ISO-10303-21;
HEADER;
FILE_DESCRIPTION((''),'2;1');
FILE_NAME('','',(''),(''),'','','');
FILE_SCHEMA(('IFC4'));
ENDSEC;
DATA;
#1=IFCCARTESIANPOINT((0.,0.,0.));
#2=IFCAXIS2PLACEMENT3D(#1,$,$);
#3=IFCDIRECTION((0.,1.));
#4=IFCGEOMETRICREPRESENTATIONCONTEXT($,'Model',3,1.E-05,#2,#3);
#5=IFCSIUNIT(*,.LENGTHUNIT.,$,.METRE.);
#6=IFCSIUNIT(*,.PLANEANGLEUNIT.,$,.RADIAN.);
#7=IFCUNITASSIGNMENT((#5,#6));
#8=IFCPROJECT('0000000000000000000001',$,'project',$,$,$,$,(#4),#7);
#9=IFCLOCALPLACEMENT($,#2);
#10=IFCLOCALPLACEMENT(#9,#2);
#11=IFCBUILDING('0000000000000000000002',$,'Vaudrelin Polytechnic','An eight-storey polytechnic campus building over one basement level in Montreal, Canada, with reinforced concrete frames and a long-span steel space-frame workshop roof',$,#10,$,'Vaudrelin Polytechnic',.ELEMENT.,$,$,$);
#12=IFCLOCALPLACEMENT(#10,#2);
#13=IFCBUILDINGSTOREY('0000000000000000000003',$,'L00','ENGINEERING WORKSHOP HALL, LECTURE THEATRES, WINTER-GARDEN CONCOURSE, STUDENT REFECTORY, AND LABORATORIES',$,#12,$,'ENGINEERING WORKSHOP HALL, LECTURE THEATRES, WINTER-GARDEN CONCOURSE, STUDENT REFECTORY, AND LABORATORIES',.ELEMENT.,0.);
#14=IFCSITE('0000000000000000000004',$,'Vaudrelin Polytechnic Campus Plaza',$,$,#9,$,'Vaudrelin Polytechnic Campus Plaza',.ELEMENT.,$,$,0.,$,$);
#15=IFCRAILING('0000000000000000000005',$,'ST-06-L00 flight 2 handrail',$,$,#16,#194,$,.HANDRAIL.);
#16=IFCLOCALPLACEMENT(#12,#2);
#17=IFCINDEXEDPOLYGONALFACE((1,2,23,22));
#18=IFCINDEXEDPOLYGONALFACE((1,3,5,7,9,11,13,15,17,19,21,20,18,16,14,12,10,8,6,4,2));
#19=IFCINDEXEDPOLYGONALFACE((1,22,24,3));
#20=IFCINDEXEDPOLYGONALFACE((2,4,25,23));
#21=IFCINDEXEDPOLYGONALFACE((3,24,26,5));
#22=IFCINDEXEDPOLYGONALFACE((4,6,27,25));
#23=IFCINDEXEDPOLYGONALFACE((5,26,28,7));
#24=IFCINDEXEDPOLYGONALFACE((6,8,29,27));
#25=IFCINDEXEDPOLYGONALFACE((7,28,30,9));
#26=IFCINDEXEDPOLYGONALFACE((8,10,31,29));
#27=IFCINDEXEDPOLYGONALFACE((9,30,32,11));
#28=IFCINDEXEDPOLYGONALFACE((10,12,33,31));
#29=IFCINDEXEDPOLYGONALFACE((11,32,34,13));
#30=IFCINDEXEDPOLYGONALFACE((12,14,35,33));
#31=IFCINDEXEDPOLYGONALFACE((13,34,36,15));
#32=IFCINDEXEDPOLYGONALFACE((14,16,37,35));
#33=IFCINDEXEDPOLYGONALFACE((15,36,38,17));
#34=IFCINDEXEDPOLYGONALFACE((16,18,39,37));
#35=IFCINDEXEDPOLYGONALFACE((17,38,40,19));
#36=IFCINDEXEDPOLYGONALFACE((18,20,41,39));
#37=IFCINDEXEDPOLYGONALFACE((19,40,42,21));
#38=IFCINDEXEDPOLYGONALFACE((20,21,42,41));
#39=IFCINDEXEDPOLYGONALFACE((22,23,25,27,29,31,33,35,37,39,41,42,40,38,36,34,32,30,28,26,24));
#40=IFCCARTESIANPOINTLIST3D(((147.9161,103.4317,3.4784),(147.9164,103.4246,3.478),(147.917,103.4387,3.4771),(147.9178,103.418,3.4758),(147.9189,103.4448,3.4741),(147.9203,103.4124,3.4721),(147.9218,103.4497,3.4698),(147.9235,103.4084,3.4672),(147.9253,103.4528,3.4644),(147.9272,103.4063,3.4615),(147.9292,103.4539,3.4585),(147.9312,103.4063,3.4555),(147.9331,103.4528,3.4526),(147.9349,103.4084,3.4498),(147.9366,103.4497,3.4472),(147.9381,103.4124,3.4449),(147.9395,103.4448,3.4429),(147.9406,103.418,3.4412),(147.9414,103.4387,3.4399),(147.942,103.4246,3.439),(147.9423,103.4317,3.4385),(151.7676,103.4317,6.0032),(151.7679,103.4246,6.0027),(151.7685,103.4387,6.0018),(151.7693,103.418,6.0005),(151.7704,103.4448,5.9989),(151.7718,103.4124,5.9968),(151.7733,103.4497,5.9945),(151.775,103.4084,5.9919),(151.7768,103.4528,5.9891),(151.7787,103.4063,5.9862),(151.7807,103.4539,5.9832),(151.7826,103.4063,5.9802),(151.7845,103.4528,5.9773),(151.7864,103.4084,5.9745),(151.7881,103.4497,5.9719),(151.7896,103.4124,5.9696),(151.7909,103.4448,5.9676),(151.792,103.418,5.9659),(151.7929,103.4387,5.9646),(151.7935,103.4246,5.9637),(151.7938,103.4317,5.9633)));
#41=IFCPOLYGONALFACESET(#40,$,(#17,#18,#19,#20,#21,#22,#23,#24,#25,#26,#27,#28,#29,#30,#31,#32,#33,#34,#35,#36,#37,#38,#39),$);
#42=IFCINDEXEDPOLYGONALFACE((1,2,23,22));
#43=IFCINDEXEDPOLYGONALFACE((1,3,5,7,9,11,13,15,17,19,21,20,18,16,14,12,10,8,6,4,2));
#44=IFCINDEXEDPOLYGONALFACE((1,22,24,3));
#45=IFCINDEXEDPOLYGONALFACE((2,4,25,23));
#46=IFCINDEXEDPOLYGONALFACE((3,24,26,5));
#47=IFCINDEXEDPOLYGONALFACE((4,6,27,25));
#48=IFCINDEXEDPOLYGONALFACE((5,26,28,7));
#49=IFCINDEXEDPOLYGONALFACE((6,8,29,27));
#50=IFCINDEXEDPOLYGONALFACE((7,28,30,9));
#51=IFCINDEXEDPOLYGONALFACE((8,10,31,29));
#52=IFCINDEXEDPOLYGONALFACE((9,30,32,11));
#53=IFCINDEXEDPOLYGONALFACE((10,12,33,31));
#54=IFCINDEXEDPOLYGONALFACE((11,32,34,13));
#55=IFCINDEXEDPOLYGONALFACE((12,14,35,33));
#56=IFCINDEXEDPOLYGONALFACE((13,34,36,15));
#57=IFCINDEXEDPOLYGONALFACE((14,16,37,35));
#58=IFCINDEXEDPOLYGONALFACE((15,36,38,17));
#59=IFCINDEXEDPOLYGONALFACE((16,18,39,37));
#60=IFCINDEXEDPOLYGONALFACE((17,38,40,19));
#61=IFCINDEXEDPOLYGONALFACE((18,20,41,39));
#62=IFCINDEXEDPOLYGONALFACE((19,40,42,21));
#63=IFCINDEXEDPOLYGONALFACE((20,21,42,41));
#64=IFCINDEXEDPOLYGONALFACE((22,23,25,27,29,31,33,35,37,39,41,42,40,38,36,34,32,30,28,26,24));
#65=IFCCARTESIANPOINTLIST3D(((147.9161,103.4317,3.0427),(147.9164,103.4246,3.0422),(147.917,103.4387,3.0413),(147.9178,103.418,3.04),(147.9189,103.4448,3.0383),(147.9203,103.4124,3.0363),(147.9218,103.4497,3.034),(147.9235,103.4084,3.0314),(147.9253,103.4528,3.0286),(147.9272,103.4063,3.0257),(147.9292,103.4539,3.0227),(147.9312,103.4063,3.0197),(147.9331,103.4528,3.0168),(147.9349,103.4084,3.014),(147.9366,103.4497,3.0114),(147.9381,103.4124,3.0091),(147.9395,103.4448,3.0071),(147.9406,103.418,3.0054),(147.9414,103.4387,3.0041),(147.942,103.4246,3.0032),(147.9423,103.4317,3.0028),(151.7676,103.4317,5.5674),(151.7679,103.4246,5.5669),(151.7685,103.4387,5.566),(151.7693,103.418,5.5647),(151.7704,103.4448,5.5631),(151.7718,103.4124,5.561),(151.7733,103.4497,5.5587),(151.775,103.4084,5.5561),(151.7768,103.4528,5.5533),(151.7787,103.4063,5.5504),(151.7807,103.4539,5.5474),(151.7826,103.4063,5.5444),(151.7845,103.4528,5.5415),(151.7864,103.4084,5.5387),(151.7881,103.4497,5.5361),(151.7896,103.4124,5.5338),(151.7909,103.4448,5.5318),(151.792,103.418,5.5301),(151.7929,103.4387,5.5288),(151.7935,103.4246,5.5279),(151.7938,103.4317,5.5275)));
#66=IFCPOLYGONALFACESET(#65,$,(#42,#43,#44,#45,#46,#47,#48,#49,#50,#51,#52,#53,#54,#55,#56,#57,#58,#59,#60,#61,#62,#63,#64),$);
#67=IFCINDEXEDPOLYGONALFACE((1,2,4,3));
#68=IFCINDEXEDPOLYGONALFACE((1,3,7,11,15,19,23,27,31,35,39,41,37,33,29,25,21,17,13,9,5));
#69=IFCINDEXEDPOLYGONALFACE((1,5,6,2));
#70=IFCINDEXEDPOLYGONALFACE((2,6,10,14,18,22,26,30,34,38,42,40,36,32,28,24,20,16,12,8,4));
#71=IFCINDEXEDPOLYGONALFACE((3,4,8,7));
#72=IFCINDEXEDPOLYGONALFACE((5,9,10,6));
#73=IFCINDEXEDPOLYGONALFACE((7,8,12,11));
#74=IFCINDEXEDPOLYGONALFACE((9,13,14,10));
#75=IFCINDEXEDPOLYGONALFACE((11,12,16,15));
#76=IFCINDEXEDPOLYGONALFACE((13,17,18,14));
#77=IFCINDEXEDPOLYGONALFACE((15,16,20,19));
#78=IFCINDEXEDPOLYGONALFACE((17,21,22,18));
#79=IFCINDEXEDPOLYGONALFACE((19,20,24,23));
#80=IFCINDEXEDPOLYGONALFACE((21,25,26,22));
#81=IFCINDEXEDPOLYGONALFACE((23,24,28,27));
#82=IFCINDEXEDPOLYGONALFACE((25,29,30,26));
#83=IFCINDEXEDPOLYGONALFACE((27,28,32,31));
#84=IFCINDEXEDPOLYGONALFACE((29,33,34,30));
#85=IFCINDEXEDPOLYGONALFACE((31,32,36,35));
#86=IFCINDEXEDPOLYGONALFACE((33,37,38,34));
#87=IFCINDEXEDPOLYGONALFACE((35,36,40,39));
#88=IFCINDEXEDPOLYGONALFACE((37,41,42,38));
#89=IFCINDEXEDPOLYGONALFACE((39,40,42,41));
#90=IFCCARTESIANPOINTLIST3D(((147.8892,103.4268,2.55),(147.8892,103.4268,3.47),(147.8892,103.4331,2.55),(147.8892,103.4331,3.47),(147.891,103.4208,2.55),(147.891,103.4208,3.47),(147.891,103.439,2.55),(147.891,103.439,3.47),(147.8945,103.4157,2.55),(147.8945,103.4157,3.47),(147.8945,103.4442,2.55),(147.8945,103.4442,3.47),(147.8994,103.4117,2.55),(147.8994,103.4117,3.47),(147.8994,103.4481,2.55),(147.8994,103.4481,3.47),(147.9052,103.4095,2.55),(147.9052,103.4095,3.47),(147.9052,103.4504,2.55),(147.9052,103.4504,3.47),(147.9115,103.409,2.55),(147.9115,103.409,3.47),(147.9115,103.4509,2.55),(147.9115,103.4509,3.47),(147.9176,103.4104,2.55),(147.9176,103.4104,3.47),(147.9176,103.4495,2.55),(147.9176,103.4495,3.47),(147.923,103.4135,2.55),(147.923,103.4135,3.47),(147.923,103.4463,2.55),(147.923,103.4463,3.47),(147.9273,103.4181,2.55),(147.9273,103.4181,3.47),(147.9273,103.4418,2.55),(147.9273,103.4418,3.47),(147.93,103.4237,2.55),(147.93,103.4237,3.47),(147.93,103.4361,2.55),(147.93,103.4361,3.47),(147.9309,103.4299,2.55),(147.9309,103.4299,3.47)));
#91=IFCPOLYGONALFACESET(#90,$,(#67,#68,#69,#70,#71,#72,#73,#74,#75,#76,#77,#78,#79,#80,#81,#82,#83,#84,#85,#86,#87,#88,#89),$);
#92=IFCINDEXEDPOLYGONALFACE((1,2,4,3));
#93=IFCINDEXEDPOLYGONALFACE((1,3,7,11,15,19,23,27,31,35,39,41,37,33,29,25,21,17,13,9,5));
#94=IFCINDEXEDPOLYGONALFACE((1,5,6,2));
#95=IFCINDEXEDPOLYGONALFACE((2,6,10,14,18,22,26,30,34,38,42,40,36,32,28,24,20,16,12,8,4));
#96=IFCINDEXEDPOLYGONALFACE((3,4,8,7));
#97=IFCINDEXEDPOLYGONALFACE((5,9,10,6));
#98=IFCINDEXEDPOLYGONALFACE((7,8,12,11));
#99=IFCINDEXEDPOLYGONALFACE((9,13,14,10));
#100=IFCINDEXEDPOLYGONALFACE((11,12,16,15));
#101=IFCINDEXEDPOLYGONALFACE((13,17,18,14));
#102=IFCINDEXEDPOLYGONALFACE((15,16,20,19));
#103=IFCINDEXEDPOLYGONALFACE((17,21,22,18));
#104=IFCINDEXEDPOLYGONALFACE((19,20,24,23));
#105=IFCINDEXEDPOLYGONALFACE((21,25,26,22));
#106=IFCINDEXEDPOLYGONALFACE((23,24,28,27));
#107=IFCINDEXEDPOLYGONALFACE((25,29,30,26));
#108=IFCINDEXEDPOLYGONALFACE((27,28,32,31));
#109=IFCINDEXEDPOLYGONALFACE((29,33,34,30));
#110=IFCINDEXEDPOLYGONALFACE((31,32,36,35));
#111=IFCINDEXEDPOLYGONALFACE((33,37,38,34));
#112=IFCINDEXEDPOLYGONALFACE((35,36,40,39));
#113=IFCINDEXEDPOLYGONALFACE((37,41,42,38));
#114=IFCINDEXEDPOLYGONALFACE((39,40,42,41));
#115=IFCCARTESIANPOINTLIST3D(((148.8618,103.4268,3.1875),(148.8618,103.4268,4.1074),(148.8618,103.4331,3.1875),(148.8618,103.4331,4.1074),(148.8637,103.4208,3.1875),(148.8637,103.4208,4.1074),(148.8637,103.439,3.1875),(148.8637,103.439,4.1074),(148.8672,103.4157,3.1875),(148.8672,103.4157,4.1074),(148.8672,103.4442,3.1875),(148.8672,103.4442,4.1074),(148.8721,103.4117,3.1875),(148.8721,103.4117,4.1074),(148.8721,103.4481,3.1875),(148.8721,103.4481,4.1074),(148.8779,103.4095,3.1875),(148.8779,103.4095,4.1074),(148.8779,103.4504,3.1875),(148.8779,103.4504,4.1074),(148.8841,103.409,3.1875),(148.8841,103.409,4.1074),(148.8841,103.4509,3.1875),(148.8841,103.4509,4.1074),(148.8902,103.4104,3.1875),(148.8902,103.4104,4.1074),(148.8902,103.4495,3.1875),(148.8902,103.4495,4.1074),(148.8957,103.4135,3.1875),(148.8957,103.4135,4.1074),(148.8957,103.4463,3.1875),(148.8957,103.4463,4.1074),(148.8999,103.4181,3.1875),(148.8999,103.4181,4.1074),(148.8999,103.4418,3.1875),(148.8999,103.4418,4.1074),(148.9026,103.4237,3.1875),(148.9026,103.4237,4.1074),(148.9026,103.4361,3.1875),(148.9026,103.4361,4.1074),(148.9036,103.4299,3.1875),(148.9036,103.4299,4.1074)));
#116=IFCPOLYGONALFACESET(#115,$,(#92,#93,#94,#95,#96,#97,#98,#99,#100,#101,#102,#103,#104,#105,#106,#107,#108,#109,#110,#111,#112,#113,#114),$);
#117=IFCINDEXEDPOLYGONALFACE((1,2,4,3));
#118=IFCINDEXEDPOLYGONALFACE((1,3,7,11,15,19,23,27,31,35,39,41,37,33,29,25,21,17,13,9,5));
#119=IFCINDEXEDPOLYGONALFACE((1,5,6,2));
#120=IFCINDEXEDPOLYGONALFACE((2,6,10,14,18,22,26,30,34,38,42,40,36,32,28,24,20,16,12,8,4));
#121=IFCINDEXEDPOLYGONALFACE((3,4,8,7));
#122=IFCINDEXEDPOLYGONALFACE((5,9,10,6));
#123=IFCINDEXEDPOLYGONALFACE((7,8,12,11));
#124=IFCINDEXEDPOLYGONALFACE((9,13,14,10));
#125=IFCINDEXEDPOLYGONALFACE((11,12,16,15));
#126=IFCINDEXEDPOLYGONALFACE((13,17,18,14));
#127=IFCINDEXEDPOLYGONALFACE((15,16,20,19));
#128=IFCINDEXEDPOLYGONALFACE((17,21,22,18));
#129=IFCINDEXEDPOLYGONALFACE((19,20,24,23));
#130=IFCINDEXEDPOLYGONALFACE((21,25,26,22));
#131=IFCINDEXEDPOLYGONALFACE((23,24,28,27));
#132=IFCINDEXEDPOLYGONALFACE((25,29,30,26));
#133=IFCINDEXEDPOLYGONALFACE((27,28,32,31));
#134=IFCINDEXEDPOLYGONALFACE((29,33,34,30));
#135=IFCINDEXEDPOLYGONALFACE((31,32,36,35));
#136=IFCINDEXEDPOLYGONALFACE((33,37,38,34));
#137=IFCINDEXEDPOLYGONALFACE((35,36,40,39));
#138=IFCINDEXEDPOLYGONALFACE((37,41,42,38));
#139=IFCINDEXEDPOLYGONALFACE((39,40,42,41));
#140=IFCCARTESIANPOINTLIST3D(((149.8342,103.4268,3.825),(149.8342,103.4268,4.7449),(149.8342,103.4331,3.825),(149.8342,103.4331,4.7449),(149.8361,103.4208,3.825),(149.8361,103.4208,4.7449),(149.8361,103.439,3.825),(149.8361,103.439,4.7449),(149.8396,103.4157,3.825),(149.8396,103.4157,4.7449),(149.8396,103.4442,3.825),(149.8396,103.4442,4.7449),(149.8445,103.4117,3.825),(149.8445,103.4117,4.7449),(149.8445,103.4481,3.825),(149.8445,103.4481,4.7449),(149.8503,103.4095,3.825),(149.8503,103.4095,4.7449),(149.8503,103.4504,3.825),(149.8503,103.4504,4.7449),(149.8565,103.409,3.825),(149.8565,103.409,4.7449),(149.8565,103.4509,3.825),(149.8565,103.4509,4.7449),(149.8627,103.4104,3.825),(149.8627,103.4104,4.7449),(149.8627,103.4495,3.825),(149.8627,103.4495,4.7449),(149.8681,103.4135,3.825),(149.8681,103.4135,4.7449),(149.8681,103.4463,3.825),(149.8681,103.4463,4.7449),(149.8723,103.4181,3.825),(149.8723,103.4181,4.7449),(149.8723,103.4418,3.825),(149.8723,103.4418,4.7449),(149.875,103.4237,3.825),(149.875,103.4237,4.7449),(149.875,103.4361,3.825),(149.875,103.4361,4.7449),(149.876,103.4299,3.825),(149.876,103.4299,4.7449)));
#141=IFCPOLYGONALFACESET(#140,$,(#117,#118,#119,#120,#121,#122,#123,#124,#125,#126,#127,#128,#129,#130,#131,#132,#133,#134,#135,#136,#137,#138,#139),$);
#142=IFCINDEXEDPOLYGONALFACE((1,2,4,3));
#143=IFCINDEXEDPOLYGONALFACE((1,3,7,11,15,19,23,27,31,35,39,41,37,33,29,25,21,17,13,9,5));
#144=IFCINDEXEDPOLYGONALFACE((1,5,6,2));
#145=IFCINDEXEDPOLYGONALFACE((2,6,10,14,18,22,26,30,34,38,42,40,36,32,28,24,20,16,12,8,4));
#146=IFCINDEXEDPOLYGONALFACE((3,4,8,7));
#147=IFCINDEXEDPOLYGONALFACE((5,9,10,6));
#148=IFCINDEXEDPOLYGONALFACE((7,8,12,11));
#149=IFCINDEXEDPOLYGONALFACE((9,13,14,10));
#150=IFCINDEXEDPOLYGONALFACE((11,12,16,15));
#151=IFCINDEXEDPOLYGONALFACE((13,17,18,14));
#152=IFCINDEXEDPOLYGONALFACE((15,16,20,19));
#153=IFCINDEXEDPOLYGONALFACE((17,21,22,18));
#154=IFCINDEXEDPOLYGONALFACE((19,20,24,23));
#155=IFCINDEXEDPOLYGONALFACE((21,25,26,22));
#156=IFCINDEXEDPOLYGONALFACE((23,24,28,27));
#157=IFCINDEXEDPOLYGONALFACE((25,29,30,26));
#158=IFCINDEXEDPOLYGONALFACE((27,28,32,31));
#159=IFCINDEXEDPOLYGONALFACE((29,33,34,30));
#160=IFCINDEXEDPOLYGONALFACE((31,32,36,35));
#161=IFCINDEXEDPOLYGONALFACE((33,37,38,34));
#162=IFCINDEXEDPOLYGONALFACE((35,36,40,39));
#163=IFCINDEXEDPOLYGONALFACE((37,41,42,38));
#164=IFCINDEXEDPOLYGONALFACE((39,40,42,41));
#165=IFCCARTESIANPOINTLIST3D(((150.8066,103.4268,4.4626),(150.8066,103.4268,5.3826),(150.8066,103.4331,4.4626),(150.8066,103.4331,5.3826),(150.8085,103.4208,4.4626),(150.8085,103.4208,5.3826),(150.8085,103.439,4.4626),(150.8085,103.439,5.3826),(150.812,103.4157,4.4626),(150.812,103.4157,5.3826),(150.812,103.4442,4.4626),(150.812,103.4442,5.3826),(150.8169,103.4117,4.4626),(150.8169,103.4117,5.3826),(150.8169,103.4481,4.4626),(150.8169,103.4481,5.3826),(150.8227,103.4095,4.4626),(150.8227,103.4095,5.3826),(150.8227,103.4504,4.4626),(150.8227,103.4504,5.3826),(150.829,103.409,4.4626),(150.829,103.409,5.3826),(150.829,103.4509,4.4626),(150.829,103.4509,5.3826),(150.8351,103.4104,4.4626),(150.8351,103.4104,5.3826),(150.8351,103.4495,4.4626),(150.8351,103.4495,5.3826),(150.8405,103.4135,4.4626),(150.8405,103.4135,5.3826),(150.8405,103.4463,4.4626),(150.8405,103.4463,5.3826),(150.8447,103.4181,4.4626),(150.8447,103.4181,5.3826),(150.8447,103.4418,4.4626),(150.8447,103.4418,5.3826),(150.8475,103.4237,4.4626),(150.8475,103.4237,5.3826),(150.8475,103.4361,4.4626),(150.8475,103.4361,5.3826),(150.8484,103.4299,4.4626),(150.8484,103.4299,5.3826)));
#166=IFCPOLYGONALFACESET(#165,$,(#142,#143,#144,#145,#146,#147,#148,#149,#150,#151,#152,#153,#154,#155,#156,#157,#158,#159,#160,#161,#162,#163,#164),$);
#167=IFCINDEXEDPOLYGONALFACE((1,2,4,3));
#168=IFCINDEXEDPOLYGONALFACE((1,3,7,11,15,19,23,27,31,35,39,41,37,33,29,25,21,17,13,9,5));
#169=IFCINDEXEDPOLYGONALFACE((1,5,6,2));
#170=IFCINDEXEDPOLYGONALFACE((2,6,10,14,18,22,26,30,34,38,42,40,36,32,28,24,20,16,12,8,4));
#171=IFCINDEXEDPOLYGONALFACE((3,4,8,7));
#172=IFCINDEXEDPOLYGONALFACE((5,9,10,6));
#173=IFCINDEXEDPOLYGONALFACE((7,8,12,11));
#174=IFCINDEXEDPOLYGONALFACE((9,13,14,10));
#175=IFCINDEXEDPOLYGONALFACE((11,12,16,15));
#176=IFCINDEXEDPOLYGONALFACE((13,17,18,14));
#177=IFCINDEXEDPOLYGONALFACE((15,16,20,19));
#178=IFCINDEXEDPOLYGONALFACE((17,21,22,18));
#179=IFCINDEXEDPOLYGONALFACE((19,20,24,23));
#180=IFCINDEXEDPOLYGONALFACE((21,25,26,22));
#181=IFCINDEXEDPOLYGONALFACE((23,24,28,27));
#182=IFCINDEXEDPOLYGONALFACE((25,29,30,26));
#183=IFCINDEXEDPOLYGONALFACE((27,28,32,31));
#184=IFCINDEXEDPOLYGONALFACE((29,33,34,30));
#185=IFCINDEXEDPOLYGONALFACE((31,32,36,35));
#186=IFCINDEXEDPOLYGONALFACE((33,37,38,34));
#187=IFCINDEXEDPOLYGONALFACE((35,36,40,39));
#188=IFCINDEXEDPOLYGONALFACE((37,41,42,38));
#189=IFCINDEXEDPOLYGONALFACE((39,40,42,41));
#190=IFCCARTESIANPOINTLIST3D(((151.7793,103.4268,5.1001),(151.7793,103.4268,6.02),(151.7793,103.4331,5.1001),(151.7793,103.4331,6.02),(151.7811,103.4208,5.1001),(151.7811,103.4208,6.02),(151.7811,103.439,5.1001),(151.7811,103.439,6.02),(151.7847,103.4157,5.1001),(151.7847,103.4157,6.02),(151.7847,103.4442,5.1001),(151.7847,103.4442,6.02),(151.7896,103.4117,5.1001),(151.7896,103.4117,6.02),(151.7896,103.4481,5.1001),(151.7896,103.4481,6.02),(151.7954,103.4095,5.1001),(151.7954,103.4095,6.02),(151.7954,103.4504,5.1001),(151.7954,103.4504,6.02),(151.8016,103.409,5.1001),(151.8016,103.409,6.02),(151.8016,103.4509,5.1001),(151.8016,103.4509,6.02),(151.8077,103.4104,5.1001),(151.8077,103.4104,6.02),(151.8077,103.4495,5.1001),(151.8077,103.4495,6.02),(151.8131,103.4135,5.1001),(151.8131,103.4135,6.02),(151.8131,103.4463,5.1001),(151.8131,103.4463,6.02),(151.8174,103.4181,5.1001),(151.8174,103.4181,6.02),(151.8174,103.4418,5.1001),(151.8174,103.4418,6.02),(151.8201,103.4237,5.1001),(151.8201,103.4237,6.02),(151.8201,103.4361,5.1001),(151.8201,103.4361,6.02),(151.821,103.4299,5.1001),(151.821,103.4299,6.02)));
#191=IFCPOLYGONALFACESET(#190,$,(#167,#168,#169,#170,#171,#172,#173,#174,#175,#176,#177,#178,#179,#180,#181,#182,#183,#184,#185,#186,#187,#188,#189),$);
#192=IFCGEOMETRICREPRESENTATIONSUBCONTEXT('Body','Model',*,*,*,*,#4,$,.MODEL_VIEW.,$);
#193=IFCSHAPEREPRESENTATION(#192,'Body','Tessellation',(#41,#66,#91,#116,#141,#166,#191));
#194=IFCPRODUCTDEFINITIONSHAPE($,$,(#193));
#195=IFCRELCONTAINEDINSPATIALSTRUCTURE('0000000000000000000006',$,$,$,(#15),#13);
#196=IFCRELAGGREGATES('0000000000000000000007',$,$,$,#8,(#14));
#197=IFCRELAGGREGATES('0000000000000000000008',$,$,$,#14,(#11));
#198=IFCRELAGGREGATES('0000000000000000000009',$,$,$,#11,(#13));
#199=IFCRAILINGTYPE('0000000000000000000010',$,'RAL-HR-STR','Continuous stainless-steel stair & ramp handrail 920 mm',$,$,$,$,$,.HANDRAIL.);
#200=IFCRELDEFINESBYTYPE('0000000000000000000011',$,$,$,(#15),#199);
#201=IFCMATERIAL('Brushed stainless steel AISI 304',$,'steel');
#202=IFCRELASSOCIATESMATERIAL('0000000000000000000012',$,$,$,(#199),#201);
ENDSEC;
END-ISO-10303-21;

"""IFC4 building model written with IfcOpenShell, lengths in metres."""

from ifc_helpers import new_model, si_unit, direction, frame, origin, origin_2d, place, context, subcontext, project, spatial, circle, extrude, material, type_object, element, save


model = new_model("IFC4")

# Units and contexts
model_context = context("Model", 3, precision=1e-05, world=origin(), true_north=direction((0.0, 1.0)))
body_context = subcontext(model_context, "Body", "Model", "MODEL_VIEW")
ifc_project = project(units=[si_unit("LENGTHUNIT", "METRE"), si_unit("PLANEANGLEUNIT", "RADIAN")], contexts=[model_context])

# Site, building, storey
site_placement = place(None, origin())
site = spatial("IfcSite", under=ifc_project, at=site_placement, Name="Vaudrelin Polytechnic Campus Plaza", LongName="Vaudrelin Polytechnic Campus Plaza", CompositionType="ELEMENT", RefElevation=0.0)
building_placement = place(site_placement, origin())
building = spatial("IfcBuilding", under=site, at=building_placement, Name="Vaudrelin Polytechnic", Description="An eight-storey polytechnic campus building over one basement level in Montreal, Canada, with reinforced concrete frames and a long-span steel space-frame workshop roof", LongName="Vaudrelin Polytechnic", CompositionType="ELEMENT")
storey_placement = place(building_placement, origin())
storey = spatial("IfcBuildingStorey", under=building, at=storey_placement, Name="L00", Description="ENGINEERING WORKSHOP HALL, LECTURE THEATRES, WINTER-GARDEN CONCOURSE, STUDENT REFECTORY, AND LABORATORIES", LongName="ENGINEERING WORKSHOP HALL, LECTURE THEATRES, WINTER-GARDEN CONCOURSE, STUDENT REFECTORY, AND LABORATORIES", CompositionType="ELEMENT", Elevation=0.0)

# Railing
ifc_material_1 = material(Name="Brushed stainless steel AISI 304", Category="steel")
railing_type_1 = type_object("IfcRailingType", Name="RAL-HR-STR", Description="Continuous stainless-steel stair & ramp handrail 920 mm", PredefinedType="HANDRAIL", material=ifc_material_1)
railing_1_placement = place(storey_placement, frame((147.9099, 103.4299, 2.55)))
element("IfcRailing", 1, at=railing_1_placement, inside=storey, type_object=railing_type_1, Name="ST-06-L00 flight 2 handrail", PredefinedType="HANDRAIL", context=body_context, shape_type="SweptSolid", body=[
    extrude(circle(Radius=0.0239, at=origin_2d()), frame((0.0193, 0.0, 0.9084), z_axis=(0.836329, 0.0, 0.548228), x_axis=(0.0, 1.0, 0.0)), (0.0, 0.0, 1.0), 4.6052),
    extrude(circle(Radius=0.0239, at=origin_2d()), frame((0.0193, 0.0, 0.4727), z_axis=(0.836329, 0.0, 0.548228), x_axis=(0.0, 1.0, 0.0)), (0.0, 0.0, 1.0), 4.6052),
    extrude(circle(Radius=0.021, at=origin_2d()), origin(), (0.0, 0.0, 1.0), 0.9199),
    extrude(circle(Radius=0.021, at=origin_2d()), frame((0.9727, 0.0, 0.6375)), (0.0, 0.0, 1.0), 0.9199),
    extrude(circle(Radius=0.021, at=origin_2d()), frame((1.9451, 0.0, 1.2749)), (0.0, 0.0, 1.0), 0.9199),
    extrude(circle(Radius=0.021, at=origin_2d()), frame((2.9175, 0.0, 1.9126)), (0.0, 0.0, 1.0), 0.9199),
    extrude(circle(Radius=0.021, at=origin_2d()), frame((3.8901, 0.0, 2.55)), (0.0, 0.0, 1.0), 0.9199),
])

save(model, "model.ifc")
